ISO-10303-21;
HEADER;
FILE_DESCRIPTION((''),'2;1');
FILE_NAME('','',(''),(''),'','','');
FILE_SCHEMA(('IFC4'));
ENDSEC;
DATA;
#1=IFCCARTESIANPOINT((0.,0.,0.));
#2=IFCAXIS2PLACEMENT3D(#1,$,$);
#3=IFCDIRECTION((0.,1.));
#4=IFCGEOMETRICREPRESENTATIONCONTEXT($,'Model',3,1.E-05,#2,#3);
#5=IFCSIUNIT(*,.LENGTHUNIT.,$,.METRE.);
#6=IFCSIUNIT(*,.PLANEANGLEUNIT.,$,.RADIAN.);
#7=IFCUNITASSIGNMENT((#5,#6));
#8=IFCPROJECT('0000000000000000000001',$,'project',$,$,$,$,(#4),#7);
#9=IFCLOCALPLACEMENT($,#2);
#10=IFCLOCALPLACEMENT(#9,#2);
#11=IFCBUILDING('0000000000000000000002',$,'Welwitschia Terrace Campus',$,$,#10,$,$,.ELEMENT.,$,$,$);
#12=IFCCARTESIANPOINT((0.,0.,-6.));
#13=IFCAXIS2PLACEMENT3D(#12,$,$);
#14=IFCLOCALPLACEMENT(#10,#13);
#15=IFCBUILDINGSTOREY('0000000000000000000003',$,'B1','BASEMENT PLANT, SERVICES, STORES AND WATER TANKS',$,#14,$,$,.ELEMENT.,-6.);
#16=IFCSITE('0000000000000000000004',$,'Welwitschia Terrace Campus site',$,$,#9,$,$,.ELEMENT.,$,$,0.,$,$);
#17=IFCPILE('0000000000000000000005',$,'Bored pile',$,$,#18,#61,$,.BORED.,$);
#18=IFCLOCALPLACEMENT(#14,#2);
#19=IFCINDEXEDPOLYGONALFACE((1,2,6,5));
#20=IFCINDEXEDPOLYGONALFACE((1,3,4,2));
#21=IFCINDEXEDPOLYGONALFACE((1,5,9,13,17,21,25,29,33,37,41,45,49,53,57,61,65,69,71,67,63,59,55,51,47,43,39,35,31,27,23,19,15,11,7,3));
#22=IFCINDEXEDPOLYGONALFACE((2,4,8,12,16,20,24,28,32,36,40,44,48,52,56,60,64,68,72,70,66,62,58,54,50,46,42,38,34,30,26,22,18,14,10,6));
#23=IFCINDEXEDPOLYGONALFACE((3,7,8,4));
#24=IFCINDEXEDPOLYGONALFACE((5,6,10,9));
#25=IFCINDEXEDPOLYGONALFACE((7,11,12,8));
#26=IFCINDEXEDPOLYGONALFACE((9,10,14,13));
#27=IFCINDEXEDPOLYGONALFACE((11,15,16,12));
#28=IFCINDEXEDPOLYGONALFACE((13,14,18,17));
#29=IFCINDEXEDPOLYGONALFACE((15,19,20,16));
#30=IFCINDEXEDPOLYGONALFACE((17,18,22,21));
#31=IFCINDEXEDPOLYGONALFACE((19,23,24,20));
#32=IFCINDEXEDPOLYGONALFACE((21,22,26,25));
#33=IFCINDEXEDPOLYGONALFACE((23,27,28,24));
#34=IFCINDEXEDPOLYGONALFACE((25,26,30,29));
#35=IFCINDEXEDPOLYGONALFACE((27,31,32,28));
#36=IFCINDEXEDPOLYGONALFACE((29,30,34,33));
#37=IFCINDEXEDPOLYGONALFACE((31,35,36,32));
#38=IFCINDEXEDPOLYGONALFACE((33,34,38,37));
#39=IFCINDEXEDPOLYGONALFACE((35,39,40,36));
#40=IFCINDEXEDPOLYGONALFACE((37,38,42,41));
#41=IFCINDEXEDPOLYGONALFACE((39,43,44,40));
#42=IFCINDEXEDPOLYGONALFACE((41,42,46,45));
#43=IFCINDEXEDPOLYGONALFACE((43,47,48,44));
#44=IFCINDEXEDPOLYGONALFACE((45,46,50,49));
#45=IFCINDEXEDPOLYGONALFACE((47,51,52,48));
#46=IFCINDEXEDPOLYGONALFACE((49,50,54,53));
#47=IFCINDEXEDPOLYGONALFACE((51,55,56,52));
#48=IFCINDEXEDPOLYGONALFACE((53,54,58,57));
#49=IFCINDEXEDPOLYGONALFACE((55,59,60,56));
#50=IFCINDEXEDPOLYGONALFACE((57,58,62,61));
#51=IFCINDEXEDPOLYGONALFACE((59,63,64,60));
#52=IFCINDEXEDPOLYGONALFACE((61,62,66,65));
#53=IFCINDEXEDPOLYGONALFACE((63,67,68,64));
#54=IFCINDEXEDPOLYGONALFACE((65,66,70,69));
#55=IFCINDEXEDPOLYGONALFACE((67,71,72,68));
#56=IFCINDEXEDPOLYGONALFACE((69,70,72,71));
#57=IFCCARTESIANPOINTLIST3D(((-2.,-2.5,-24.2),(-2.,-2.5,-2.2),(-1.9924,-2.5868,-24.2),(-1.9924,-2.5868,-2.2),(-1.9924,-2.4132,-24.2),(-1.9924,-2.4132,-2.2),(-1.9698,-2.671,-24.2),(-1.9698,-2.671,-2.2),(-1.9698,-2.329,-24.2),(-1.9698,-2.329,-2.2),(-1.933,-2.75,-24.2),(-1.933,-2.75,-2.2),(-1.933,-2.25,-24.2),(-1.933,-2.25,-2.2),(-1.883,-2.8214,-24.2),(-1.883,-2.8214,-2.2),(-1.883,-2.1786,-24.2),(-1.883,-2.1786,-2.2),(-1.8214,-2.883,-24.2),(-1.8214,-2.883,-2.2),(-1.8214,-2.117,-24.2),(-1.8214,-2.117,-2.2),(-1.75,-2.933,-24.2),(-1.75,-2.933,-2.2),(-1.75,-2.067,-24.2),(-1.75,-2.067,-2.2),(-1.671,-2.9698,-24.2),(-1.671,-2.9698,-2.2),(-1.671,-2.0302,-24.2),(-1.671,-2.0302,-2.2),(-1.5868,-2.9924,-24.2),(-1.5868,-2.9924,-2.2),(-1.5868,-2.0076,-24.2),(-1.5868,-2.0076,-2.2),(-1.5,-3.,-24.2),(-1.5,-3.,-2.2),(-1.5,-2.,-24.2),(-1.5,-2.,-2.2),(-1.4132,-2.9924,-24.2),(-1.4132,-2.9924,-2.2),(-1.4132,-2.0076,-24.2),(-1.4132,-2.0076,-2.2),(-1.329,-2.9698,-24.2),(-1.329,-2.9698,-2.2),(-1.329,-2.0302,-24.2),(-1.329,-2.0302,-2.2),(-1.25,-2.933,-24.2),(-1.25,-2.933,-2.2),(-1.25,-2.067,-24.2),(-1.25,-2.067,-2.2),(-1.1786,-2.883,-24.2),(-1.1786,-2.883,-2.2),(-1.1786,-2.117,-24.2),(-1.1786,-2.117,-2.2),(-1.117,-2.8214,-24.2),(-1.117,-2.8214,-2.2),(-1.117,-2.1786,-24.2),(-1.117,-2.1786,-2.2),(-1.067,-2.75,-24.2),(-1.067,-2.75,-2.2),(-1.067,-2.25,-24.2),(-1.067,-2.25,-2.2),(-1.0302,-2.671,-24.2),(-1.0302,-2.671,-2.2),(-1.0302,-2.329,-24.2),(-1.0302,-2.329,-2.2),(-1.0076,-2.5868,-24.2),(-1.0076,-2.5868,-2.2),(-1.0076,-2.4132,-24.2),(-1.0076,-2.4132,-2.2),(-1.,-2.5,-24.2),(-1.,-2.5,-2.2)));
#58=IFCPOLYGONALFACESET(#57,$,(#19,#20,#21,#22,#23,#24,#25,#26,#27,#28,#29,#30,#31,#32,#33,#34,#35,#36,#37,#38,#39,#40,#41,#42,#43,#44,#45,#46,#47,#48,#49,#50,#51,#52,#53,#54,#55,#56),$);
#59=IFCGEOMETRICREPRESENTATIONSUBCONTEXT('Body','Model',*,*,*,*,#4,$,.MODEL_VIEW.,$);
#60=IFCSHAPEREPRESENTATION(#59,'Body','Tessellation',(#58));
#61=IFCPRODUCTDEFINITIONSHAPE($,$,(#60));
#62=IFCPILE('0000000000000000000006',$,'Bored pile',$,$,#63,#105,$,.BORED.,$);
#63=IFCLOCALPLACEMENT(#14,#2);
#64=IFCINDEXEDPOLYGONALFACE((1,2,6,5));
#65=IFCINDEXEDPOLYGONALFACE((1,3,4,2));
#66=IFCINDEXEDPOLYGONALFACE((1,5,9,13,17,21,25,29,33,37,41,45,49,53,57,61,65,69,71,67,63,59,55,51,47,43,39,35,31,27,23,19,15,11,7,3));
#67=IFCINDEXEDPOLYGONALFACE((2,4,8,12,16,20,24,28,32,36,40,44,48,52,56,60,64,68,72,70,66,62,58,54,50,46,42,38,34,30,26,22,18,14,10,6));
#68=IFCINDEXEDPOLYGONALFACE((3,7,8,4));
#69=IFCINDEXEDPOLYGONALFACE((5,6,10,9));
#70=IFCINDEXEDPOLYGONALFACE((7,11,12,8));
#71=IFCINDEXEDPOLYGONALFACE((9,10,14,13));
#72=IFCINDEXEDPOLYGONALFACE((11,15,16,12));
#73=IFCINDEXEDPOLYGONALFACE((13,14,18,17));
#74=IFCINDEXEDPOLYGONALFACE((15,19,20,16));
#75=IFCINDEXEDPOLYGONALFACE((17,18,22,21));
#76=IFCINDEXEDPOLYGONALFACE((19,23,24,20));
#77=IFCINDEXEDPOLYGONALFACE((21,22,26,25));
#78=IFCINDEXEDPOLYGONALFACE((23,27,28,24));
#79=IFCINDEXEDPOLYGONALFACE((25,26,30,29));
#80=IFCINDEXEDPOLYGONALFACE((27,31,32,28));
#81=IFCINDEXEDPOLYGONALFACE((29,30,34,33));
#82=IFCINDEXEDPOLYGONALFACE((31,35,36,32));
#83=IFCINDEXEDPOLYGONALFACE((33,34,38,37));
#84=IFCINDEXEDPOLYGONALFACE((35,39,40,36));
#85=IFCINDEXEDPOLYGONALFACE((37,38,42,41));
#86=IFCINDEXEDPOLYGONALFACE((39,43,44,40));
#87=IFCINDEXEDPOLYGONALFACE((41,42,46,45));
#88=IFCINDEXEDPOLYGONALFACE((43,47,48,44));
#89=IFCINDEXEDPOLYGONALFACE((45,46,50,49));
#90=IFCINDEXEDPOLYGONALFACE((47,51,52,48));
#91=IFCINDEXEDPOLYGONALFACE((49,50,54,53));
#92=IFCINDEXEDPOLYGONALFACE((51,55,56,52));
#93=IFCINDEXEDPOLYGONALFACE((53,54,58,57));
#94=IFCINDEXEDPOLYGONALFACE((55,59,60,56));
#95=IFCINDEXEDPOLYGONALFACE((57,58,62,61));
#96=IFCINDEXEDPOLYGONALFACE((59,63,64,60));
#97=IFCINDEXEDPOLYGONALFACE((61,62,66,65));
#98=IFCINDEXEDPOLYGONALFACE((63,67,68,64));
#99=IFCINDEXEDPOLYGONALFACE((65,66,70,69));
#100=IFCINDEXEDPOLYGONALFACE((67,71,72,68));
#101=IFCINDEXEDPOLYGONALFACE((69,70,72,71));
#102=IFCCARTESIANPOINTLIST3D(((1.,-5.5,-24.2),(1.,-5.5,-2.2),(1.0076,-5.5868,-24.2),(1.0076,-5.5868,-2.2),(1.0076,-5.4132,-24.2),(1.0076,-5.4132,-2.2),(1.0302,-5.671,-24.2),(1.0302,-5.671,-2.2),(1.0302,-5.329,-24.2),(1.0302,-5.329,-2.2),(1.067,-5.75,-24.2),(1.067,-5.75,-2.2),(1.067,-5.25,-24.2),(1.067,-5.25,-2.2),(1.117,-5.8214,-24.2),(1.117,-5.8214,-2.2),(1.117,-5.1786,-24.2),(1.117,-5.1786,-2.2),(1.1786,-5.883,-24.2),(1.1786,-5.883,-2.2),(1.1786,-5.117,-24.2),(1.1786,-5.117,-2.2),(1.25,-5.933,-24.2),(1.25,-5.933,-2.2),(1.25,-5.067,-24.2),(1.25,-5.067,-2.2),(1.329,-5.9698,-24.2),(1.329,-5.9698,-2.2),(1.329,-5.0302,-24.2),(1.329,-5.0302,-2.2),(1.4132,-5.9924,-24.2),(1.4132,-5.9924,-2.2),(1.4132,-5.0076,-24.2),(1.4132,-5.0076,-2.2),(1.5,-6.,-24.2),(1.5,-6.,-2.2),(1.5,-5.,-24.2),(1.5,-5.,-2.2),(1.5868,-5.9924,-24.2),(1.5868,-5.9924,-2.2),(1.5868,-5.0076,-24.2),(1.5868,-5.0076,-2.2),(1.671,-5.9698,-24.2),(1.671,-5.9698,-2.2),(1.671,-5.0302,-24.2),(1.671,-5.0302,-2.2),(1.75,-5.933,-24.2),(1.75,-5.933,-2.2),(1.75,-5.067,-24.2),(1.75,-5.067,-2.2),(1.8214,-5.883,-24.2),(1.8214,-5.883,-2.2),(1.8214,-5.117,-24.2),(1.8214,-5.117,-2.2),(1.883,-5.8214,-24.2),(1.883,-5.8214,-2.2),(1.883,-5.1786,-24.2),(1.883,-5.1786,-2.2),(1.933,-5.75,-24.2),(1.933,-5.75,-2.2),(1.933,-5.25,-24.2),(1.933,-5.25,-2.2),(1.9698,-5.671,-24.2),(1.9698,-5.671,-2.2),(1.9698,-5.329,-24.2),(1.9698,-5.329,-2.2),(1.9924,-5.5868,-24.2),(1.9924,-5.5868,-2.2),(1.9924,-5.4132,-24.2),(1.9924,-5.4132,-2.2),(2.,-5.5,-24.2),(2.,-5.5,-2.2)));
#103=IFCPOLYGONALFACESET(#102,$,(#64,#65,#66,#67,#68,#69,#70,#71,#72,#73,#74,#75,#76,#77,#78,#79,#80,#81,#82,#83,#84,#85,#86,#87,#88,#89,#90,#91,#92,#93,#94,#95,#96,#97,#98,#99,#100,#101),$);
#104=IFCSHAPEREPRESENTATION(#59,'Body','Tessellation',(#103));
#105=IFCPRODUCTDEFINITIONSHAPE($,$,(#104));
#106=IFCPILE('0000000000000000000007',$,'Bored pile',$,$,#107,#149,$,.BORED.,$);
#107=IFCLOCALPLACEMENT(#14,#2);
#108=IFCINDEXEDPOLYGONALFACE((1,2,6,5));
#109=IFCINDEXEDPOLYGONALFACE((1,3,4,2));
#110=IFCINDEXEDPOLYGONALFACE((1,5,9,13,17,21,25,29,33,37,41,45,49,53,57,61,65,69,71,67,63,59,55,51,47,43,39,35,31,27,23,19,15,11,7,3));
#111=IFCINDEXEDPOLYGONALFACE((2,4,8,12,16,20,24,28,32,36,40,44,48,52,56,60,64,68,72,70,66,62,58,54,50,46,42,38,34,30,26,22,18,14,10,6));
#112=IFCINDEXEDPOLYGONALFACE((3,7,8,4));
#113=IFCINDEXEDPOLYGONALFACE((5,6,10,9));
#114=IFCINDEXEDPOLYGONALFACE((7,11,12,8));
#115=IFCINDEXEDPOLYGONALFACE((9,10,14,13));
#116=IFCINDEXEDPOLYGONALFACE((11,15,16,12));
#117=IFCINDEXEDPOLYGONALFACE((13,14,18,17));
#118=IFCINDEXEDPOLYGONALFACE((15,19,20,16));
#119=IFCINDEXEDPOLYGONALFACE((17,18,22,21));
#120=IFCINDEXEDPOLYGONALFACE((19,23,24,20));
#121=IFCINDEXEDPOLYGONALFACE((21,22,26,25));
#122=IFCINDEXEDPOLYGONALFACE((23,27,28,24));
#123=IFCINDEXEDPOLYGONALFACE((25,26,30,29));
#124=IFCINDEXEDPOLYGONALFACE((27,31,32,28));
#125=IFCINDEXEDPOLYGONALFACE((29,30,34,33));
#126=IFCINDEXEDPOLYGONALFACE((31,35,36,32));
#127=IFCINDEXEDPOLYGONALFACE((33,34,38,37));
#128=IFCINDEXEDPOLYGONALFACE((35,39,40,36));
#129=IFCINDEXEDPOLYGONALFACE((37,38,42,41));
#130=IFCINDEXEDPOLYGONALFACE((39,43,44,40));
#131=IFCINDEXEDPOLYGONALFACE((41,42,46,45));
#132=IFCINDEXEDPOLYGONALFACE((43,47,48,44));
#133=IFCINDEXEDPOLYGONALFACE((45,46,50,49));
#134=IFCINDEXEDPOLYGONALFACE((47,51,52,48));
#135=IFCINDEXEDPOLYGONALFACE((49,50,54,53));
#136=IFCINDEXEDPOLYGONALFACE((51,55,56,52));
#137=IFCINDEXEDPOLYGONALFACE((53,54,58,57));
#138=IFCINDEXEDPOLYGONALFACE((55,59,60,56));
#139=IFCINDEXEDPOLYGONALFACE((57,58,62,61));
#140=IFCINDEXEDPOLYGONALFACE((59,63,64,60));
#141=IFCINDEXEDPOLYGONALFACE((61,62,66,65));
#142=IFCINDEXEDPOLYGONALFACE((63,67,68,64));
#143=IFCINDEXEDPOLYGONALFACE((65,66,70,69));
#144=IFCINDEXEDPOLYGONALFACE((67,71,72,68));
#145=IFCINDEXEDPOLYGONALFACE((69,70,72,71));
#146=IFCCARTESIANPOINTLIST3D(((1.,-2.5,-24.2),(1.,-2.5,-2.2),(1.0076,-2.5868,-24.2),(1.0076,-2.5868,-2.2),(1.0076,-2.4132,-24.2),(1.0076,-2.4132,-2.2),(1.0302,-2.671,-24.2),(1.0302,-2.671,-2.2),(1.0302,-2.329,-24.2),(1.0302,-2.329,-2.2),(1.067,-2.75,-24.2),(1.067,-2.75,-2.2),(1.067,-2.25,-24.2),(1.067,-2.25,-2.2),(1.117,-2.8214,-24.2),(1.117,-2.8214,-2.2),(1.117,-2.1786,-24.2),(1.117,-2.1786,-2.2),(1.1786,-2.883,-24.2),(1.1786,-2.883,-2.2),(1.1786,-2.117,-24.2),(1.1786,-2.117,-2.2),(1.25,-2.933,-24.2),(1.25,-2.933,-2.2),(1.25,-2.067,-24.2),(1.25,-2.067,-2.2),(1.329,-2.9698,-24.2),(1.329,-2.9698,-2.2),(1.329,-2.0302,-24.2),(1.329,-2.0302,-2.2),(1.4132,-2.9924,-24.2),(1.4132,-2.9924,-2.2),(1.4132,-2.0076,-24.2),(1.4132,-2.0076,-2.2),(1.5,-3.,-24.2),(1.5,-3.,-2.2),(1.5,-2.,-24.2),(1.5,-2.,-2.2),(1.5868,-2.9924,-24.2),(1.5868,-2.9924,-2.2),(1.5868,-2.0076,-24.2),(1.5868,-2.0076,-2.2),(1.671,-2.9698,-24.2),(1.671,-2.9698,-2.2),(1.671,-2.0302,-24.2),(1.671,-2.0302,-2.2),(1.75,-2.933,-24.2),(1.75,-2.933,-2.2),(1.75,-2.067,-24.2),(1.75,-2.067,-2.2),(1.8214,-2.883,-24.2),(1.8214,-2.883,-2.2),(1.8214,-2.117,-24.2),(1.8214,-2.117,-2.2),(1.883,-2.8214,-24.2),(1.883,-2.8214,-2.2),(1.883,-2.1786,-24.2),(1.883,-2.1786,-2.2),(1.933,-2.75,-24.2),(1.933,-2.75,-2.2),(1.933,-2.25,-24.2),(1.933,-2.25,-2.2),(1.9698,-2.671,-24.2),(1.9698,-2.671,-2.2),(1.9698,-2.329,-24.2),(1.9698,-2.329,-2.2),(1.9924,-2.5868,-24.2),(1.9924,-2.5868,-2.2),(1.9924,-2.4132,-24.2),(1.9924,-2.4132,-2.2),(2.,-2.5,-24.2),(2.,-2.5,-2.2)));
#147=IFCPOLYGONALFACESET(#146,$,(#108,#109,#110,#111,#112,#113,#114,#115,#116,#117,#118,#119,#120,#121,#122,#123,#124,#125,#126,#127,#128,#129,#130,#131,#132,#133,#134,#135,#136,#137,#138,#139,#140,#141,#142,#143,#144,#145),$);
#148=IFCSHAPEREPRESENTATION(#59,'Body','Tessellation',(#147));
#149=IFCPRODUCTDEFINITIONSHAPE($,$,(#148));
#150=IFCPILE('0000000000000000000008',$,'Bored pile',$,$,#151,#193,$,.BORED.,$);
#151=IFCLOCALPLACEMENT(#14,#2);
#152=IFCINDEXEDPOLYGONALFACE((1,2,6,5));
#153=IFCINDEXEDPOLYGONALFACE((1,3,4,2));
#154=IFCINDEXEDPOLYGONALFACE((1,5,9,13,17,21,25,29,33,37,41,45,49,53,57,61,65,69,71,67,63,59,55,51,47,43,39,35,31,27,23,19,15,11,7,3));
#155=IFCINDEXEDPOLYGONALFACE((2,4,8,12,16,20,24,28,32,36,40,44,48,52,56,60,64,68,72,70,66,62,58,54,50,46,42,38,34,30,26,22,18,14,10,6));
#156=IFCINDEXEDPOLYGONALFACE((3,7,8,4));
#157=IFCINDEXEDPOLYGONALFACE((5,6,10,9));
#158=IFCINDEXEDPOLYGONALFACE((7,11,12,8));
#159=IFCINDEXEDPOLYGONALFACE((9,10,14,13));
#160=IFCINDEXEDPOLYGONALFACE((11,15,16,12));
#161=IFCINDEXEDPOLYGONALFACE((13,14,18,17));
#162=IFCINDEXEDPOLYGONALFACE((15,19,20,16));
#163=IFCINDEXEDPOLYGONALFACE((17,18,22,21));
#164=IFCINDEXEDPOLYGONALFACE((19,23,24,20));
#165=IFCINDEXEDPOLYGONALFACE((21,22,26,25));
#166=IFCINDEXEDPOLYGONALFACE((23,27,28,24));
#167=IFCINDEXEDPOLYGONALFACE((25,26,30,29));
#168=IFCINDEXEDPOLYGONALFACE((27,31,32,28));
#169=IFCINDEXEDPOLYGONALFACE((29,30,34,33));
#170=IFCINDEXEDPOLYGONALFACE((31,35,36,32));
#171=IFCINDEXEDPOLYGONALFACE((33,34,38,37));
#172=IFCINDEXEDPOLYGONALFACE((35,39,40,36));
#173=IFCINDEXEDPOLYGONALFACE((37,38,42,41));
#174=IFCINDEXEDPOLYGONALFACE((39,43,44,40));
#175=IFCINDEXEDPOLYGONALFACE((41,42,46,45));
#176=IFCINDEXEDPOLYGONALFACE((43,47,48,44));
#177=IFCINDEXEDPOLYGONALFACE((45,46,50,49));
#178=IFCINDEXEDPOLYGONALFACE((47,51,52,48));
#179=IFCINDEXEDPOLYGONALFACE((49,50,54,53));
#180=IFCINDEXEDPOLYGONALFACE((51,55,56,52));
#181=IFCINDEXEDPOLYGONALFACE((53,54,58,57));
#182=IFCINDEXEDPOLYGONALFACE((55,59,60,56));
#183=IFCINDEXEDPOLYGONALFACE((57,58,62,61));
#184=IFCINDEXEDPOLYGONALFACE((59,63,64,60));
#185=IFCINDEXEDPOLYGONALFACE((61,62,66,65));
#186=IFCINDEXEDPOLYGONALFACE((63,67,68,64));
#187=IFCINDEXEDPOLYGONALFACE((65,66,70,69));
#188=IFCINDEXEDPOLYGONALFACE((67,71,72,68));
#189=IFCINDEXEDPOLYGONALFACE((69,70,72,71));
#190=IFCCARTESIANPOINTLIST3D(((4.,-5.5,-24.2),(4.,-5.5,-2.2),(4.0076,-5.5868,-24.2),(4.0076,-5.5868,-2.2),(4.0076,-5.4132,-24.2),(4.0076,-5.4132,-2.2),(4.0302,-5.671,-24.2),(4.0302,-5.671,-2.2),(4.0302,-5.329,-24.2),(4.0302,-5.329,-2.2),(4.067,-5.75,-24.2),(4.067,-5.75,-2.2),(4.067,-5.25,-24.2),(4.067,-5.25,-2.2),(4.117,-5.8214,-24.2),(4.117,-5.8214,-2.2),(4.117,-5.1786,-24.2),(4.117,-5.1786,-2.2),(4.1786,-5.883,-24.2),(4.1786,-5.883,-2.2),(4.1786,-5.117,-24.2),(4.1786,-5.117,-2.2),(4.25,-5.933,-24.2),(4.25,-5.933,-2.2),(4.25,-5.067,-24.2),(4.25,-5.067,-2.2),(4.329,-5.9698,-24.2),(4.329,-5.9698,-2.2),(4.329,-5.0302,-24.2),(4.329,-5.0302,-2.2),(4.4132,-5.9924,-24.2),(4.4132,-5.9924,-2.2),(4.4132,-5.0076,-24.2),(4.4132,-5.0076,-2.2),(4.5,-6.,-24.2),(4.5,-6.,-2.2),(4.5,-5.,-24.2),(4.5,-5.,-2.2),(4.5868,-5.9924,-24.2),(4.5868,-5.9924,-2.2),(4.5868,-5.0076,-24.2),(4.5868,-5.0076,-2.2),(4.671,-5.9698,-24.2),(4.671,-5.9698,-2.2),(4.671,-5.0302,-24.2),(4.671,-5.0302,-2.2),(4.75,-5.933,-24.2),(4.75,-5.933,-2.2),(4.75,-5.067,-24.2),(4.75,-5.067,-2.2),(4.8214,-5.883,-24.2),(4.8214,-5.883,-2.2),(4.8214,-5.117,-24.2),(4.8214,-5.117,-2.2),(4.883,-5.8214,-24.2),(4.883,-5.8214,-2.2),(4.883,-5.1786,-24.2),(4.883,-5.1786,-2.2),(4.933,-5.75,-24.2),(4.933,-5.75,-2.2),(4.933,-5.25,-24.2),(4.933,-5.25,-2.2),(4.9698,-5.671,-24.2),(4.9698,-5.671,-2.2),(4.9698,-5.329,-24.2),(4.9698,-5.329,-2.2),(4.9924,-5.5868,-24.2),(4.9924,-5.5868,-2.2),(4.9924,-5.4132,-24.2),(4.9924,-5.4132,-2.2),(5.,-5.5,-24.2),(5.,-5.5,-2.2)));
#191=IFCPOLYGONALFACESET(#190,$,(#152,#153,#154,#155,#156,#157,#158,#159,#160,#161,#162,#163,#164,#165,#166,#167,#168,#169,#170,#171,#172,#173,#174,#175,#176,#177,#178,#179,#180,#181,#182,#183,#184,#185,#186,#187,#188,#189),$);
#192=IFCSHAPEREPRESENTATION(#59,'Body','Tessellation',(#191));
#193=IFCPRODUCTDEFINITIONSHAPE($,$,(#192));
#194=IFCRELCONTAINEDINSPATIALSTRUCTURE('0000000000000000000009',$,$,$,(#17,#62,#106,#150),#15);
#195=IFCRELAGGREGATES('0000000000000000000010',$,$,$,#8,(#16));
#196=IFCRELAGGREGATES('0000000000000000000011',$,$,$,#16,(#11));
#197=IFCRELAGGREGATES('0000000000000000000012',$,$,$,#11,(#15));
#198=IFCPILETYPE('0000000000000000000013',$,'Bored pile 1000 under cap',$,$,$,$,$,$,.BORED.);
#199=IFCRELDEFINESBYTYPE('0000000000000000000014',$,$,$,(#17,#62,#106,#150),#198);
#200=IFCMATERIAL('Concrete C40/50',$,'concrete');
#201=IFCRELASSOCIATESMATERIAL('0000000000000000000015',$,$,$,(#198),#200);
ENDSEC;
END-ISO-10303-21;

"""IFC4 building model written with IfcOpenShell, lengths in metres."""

from ifc_helpers import new_model, si_unit, direction, frame, origin, origin_2d, place, context, subcontext, project, spatial, circle, extrude, material, type_object, element, save


model = new_model("IFC4")

# Units and contexts
model_context = context("Model", 3, precision=1e-05, world=origin(), true_north=direction((0.0, 1.0)))
body_context = subcontext(model_context, "Body", "Model", "MODEL_VIEW")
ifc_project = project(units=[si_unit("LENGTHUNIT", "METRE"), si_unit("PLANEANGLEUNIT", "RADIAN")], contexts=[model_context])

# Site, building, storey
site_placement = place(None, origin())
site = spatial("IfcSite", under=ifc_project, at=site_placement, Name="Welwitschia Terrace Campus site", CompositionType="ELEMENT", RefElevation=0.0)
building_placement = place(site_placement, origin())
building = spatial("IfcBuilding", under=site, at=building_placement, Name="Welwitschia Terrace Campus", CompositionType="ELEMENT")
storey_placement = place(building_placement, frame((0.0, 0.0, -6.0)))
storey = spatial("IfcBuildingStorey", under=building, at=storey_placement, Name="B1", Description="BASEMENT PLANT, SERVICES, STORES AND WATER TANKS", CompositionType="ELEMENT", Elevation=-6.0)

# Piles
ifc_material_1 = material(Name="Concrete C40/50", Category="concrete")
pile_type_1 = type_object("IfcPileType", Name="Bored pile 1000 under cap", PredefinedType="BORED", material=ifc_material_1)
for number, where, z_axis, x_axis, name in (
    (1, (-1.5, -2.5, -2.2), (0.0, 0.0, -1.0), (1.0, 0.0, 0.0), "Bored pile"),
    (2, (1.5, -5.5, -2.2), (0.0, 0.0, -1.0), (1.0, 0.0, 0.0), "Bored pile"),
    (3, (1.5, -2.5, -2.2), (0.0, 0.0, -1.0), (1.0, 0.0, 0.0), "Bored pile"),
    (4, (4.5, -5.5, -2.2), (0.0, 0.0, -1.0), (1.0, 0.0, 0.0), "Bored pile"),
):
    element("IfcPile", number, at=place(storey_placement, frame(where, z_axis=z_axis, x_axis=x_axis)), inside=storey, type_object=pile_type_1, Name=name, PredefinedType="BORED", context=body_context, shape_type="SweptSolid", body=[
        extrude(circle(Radius=0.5, at=origin_2d()), origin(), (0.0, 0.0, 1.0), 22.0),
    ])

save(model, "model.ifc")
